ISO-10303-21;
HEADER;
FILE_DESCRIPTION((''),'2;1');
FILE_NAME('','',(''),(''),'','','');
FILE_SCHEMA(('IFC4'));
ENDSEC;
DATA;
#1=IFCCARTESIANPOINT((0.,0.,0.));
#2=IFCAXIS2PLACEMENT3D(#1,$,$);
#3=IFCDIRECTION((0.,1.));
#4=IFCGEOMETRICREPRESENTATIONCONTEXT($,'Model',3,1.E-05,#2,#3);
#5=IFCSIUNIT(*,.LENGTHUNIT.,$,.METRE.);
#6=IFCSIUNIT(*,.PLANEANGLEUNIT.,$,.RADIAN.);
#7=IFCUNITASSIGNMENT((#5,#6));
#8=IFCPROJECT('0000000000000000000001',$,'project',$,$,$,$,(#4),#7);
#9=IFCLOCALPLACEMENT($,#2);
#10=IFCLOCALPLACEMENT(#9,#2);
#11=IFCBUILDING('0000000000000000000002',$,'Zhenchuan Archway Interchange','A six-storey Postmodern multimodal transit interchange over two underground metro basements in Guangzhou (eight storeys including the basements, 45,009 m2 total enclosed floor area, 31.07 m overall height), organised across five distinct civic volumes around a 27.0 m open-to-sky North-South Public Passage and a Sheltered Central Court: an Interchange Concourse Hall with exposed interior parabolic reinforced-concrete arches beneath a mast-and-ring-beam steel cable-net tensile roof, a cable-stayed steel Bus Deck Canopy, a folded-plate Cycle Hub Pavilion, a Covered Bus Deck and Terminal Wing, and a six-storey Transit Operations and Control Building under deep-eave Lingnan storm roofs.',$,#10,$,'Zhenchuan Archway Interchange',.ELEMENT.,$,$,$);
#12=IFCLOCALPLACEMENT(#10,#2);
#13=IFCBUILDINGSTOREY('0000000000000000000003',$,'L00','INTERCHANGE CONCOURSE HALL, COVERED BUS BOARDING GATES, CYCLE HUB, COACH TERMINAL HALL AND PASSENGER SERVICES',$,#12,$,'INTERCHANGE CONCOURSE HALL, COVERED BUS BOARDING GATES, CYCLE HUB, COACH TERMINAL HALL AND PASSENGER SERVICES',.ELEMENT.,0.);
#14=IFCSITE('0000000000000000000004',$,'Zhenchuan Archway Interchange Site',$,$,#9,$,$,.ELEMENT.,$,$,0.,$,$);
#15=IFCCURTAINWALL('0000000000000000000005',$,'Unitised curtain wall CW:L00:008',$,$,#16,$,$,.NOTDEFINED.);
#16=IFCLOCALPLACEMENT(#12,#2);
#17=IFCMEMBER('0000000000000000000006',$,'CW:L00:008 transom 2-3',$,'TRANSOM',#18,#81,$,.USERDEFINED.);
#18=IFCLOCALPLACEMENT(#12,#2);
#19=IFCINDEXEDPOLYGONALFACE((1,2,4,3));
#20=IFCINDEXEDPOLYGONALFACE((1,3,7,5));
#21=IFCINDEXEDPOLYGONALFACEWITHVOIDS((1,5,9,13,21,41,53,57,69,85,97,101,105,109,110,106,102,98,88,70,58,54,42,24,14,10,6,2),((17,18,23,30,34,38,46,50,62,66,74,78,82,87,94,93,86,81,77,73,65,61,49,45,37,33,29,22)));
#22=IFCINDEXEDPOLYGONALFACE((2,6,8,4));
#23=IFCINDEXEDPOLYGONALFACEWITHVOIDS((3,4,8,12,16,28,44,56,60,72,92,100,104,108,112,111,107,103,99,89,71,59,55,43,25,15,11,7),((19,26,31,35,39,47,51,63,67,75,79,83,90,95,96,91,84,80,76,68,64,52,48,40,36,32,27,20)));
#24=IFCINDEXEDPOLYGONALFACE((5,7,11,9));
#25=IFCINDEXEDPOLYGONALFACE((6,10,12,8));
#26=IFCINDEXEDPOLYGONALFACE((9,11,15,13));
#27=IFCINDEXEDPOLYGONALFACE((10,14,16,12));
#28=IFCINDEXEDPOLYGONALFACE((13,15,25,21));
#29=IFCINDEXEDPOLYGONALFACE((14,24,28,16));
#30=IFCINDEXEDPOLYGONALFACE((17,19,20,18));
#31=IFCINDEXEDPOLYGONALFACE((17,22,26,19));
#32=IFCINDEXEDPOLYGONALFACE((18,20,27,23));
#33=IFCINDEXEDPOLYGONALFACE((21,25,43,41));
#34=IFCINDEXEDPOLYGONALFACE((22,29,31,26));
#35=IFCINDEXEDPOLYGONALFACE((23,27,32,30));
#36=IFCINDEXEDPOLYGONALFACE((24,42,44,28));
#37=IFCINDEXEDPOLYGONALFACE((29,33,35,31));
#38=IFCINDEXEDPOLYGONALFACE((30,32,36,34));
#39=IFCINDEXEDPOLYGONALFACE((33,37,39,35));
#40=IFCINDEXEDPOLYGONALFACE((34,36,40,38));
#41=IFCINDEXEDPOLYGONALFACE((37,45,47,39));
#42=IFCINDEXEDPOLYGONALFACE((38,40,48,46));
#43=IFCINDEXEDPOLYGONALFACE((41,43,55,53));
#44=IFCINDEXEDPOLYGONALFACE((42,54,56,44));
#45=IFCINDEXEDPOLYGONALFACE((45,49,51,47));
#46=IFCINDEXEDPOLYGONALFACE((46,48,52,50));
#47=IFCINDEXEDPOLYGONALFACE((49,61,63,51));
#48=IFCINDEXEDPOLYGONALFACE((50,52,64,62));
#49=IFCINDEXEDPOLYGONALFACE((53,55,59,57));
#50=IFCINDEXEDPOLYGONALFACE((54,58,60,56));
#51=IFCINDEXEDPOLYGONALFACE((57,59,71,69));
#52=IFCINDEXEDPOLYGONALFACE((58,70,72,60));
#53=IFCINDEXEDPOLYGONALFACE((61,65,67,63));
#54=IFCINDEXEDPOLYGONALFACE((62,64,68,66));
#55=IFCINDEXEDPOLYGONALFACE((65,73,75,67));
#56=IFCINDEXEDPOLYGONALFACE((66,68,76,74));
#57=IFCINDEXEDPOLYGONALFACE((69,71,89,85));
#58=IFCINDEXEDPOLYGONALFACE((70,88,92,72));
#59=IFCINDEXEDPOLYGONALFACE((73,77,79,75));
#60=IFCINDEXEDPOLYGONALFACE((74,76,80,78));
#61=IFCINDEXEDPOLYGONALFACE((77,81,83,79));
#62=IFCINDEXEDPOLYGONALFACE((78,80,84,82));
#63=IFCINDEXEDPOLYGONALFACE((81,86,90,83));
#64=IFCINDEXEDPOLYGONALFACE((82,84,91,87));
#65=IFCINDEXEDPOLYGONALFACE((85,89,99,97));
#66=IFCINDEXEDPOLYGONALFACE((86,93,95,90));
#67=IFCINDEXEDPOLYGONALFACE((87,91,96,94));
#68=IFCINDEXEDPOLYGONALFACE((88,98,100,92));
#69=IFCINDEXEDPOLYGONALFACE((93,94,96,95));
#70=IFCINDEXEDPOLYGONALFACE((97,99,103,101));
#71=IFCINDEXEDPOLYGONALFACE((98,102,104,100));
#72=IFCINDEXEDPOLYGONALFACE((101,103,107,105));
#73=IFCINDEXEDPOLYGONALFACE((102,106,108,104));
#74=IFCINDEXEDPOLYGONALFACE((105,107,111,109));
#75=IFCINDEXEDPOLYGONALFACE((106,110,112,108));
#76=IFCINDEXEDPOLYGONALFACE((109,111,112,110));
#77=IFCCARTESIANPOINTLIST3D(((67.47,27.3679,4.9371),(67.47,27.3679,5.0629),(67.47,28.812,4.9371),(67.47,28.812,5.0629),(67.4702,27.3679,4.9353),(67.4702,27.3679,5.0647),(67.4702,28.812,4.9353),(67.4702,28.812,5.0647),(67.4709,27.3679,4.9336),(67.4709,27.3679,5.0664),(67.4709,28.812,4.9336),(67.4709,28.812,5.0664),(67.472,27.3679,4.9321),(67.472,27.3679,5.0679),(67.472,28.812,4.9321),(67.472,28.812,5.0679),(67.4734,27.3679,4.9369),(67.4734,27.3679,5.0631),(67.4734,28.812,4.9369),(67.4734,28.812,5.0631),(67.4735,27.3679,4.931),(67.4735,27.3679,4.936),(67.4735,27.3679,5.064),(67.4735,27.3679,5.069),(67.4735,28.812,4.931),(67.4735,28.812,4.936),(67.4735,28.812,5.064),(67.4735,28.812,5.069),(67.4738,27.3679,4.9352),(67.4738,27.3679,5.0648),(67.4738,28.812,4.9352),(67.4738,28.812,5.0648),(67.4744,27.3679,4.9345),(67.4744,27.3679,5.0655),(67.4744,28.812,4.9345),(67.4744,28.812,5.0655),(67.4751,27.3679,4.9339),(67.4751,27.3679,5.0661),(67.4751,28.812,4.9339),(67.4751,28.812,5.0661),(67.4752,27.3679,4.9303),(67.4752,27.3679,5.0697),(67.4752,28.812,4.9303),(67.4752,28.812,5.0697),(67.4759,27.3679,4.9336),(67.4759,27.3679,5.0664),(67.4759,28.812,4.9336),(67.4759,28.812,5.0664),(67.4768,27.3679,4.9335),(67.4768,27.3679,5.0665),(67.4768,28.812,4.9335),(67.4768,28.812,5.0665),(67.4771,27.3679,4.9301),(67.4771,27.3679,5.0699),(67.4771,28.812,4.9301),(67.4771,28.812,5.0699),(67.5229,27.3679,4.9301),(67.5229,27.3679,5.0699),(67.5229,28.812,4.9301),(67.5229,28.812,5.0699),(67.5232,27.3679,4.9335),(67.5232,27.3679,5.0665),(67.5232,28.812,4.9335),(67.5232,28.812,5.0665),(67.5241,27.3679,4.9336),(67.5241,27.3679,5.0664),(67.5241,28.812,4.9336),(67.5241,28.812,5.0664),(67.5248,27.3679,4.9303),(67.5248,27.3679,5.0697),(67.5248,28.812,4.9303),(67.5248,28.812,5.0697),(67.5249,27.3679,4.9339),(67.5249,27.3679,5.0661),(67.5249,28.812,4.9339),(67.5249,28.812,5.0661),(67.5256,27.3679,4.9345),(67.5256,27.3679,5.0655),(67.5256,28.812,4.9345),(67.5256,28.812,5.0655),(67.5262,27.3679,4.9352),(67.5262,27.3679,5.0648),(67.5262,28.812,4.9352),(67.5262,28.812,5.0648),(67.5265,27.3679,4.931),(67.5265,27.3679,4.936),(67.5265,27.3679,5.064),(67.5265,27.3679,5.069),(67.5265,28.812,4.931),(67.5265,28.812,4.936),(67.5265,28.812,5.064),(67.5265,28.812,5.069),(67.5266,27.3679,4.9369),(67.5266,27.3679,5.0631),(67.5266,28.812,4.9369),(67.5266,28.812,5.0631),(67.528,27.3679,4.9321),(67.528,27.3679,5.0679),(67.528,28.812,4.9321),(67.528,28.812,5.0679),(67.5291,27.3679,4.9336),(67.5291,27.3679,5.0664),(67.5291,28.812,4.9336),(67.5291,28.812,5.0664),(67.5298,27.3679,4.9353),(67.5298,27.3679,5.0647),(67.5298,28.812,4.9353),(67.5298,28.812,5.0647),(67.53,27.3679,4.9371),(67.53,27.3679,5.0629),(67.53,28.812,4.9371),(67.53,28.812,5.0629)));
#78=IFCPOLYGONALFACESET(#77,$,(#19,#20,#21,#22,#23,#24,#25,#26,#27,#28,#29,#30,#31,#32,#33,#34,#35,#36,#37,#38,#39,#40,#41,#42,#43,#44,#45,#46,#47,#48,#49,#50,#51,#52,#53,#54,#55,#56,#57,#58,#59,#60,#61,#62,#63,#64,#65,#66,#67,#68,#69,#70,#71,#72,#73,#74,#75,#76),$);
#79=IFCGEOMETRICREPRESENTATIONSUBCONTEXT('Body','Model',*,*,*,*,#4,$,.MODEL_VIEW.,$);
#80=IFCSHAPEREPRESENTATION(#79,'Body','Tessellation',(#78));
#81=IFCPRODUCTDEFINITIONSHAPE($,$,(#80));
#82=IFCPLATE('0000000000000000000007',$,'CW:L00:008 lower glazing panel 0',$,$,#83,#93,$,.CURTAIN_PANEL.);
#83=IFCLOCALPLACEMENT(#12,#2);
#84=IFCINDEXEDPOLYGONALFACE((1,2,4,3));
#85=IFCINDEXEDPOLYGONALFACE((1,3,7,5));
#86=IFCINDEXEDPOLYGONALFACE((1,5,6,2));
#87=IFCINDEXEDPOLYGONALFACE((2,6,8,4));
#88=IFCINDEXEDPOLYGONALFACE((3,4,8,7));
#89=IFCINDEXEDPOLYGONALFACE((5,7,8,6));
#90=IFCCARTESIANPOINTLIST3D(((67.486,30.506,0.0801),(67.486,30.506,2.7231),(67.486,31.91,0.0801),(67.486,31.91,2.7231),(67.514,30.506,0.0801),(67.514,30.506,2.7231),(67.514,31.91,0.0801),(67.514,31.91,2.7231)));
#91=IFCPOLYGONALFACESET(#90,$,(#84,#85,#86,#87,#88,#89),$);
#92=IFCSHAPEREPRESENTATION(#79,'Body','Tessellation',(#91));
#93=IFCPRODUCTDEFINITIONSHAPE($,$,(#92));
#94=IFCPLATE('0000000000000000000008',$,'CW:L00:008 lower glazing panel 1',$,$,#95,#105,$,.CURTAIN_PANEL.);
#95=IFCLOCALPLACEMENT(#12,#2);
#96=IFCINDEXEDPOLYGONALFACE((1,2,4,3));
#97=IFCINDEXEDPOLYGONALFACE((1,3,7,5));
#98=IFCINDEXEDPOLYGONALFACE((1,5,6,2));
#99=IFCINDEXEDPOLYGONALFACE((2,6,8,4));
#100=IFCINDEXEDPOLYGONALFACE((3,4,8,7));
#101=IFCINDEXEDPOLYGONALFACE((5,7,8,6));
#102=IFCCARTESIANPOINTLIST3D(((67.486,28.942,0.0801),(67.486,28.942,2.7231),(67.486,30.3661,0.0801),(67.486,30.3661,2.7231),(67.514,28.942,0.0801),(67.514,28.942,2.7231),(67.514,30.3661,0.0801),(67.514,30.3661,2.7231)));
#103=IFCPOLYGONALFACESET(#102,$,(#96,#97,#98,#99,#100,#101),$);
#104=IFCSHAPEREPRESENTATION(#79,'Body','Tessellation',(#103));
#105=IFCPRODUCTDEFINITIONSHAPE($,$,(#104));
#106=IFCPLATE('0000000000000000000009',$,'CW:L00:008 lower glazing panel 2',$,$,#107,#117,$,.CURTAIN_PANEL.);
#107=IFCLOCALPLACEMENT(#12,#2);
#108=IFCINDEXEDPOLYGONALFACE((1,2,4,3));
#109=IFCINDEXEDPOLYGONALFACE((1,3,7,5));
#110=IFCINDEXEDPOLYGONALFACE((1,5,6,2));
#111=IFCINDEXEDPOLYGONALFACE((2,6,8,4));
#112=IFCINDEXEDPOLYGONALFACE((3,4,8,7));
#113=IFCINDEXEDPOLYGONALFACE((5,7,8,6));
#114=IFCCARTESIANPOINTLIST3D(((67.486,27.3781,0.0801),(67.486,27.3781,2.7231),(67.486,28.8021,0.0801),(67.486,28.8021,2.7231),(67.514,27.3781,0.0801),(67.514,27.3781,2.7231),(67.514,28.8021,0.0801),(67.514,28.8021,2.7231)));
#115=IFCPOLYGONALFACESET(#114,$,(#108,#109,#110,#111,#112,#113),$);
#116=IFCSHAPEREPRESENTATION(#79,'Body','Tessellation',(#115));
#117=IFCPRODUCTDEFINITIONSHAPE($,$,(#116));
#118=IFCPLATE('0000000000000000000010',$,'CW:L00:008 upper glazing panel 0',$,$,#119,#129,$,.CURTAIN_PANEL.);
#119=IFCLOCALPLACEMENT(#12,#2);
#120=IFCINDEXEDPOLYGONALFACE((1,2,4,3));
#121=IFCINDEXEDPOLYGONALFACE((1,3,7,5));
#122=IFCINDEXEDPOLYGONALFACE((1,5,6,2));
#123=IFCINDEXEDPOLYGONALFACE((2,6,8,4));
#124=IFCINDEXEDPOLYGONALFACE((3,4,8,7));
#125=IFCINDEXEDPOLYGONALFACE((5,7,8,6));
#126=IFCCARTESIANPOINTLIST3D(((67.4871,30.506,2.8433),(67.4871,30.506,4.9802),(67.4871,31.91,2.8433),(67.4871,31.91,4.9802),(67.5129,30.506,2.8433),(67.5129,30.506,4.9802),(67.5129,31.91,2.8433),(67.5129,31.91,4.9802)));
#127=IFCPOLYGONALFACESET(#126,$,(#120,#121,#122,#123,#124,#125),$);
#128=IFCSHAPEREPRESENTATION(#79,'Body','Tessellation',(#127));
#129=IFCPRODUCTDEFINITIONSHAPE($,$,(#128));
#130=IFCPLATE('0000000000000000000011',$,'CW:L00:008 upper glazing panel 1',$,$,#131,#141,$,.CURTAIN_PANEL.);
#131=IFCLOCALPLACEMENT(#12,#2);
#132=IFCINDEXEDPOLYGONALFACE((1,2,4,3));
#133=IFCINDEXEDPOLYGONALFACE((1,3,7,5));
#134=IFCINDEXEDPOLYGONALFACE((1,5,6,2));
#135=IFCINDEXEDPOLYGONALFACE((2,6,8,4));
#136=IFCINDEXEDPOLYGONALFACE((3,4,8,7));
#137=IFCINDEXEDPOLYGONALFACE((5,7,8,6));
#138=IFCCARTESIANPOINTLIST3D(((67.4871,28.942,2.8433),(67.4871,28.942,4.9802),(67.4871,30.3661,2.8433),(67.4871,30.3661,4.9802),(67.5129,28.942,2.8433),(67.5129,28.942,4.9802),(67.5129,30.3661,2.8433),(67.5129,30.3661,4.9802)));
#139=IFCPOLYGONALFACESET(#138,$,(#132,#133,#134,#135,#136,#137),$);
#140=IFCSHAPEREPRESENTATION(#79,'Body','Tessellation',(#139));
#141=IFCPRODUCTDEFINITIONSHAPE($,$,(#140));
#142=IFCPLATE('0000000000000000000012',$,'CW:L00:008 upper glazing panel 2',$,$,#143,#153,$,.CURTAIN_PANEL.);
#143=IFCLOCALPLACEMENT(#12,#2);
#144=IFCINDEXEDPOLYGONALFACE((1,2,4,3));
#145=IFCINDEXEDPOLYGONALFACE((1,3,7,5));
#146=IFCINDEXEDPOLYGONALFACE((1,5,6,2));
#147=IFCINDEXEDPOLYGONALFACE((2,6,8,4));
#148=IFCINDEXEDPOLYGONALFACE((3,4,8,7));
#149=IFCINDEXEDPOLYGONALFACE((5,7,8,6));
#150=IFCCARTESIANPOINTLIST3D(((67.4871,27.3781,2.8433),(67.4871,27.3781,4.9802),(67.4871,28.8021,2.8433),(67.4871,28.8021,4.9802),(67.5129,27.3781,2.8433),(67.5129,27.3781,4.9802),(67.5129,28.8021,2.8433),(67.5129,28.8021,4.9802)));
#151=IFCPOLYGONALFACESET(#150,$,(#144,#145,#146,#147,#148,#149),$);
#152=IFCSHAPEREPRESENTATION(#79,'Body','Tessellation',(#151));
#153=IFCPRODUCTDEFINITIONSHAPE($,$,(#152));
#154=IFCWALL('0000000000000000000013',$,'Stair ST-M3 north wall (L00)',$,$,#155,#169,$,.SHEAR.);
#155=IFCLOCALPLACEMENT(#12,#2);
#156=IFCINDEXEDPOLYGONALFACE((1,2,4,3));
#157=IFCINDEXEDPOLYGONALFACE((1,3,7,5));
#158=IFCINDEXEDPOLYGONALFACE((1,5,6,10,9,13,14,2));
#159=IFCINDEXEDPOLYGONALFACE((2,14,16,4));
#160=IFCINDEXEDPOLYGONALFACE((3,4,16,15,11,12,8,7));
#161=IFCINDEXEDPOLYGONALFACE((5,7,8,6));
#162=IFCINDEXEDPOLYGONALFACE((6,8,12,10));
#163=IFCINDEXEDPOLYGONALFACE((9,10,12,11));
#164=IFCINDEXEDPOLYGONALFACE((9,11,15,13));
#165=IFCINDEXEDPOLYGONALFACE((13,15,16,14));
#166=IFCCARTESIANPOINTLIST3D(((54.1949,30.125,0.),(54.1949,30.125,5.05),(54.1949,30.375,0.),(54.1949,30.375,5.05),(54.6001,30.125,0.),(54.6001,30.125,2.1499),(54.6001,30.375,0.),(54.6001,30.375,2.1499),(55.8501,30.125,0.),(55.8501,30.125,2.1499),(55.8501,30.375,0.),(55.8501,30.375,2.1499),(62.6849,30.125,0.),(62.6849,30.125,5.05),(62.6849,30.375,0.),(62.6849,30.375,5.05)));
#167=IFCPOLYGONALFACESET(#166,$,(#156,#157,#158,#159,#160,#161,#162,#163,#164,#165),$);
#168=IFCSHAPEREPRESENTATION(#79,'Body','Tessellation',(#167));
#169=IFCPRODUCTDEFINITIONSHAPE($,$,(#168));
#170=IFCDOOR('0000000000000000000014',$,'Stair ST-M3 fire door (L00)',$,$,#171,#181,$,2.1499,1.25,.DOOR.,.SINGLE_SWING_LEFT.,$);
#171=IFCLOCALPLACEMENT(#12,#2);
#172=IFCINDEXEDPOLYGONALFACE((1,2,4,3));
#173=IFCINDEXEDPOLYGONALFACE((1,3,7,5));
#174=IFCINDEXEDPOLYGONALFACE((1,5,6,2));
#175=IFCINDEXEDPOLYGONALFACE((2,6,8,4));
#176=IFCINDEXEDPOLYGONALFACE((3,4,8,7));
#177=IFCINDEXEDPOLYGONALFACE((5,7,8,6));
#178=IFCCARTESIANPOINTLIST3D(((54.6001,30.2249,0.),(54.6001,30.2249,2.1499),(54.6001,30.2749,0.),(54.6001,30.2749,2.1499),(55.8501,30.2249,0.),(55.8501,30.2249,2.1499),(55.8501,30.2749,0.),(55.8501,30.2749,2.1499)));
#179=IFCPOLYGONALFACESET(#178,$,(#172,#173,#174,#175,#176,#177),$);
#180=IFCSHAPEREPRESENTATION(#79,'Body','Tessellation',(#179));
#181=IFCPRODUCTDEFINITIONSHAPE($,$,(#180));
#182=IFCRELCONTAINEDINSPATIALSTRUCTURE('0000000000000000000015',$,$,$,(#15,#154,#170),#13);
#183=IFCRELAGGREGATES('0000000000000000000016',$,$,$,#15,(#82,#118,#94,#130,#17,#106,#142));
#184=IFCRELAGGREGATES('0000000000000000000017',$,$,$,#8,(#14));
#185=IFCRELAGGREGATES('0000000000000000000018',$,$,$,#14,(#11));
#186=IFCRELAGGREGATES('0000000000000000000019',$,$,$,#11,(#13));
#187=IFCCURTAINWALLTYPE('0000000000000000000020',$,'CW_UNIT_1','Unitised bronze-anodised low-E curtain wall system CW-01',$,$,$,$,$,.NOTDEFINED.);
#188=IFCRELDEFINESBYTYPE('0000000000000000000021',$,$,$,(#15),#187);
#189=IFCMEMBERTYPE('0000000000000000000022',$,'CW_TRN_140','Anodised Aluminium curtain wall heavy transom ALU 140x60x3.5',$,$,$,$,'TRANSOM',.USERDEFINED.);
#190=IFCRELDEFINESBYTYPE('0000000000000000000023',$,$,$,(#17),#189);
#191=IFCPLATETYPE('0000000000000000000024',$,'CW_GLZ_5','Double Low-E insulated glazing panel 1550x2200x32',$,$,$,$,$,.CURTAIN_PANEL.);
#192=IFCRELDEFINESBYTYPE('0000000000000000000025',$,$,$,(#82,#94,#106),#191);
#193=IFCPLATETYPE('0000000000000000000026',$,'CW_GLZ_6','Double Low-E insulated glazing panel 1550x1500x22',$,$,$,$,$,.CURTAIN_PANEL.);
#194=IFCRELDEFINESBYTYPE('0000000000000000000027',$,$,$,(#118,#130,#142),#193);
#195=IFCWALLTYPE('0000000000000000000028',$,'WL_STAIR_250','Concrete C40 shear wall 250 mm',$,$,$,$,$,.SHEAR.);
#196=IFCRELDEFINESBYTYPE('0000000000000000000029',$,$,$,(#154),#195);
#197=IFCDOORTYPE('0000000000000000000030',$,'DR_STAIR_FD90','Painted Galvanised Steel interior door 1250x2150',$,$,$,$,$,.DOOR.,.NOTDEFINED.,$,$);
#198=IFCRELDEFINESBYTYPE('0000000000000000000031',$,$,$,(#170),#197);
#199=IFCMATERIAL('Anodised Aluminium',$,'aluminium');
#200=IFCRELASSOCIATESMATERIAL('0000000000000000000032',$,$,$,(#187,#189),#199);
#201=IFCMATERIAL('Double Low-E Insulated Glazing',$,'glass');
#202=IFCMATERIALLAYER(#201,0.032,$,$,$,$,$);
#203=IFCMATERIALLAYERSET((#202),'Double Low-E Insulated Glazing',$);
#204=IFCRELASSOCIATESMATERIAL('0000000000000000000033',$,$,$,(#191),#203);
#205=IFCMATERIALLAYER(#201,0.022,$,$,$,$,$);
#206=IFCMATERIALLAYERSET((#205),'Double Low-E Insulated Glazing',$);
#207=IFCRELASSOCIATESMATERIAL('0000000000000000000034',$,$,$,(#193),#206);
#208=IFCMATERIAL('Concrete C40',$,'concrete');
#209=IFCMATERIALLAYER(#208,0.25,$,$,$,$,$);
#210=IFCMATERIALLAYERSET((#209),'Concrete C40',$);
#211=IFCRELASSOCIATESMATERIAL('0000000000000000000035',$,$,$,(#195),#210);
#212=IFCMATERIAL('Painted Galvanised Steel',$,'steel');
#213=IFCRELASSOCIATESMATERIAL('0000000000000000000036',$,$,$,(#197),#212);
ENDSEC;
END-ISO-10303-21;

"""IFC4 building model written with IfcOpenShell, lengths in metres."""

from ifc_helpers import new_model, si_unit, direction, frame, frame_2d, origin, origin_2d, place, context, subcontext, project, spatial, rectangle, hollow_rectangle, extrude, material, layer, layer_set, material_profile, profile_set, type_object, element, fill, aggregate, save


model = new_model("IFC4")

# Units and contexts
model_context = context("Model", 3, precision=1e-05, world=origin(), true_north=direction((0.0, 1.0)))
body_context = subcontext(model_context, "Body", "Model", "MODEL_VIEW")
ifc_project = project(units=[si_unit("LENGTHUNIT", "METRE"), si_unit("PLANEANGLEUNIT", "RADIAN")], contexts=[model_context])

# Site, building, storey
site_placement = place(None, origin())
site = spatial("IfcSite", under=ifc_project, at=site_placement, Name="Zhenchuan Archway Interchange Site", CompositionType="ELEMENT", RefElevation=0.0)
building_placement = place(site_placement, origin())
building = spatial("IfcBuilding", under=site, at=building_placement, Name="Zhenchuan Archway Interchange", Description="A six-storey Postmodern multimodal transit interchange over two underground metro basements in Guangzhou (eight storeys including the basements, 45,009 m2 total enclosed floor area, 31.07 m overall height), organised across five distinct civic volumes around a 27.0 m open-to-sky North-South Public Passage and a Sheltered Central Court: an Interchange Concourse Hall with exposed interior parabolic reinforced-concrete arches beneath a mast-and-ring-beam steel cable-net tensile roof, a cable-stayed steel Bus Deck Canopy, a folded-plate Cycle Hub Pavilion, a Covered Bus Deck and Terminal Wing, and a six-storey Transit Operations and Control Building under deep-eave Lingnan storm roofs.", LongName="Zhenchuan Archway Interchange", CompositionType="ELEMENT")
storey_placement = place(building_placement, origin())
storey = spatial("IfcBuildingStorey", under=building, at=storey_placement, Name="L00", Description="INTERCHANGE CONCOURSE HALL, COVERED BUS BOARDING GATES, CYCLE HUB, COACH TERMINAL HALL AND PASSENGER SERVICES", LongName="INTERCHANGE CONCOURSE HALL, COVERED BUS BOARDING GATES, CYCLE HUB, COACH TERMINAL HALL AND PASSENGER SERVICES", CompositionType="ELEMENT", Elevation=0.0)

# Shared definitions
ifc_material_1 = material(Name="Concrete C40", Category="concrete")

# Curtain wall, member, plates
ifc_material_2 = material(Name="Anodised Aluminium", Category="aluminium")
curtain_wall_type = type_object("IfcCurtainWallType", Name="CW_UNIT_1", Description="Unitised bronze-anodised low-E curtain wall system CW-01", PredefinedType="NOTDEFINED", material=ifc_material_2)
curtain_wall_placement = place(storey_placement, origin())
curtain_wall = element("IfcCurtainWall", 1, at=curtain_wall_placement, inside=storey, type_object=curtain_wall_type, Name="Unitised curtain wall CW:L00:008", PredefinedType="NOTDEFINED")
ifc_material_profile_1 = material_profile(ifc_material_2, hollow_rectangle(XDim=0.0601, YDim=0.1399, WallThickness=0.0034, InnerFilletRadius=0.0034, OuterFilletRadius=0.0071, at=origin_2d()), Name="ALU 140x60x3.5")
ifc_profile_set_1 = profile_set([ifc_material_profile_1], Name="Anodised Aluminium")
member_type_1 = type_object("IfcMemberType", Name="CW_TRN_140", Description="Anodised Aluminium curtain wall heavy transom ALU 140x60x3.5", ElementType="TRANSOM", PredefinedType="USERDEFINED", material=ifc_profile_set_1)
member_1_placement = place(storey_placement, frame((67.5, 28.812, 5.0), z_axis=(0.0, -1.0, 0.0), x_axis=(1.0, 0.0, 0.0)))
member_1 = element("IfcMember", 2, at=member_1_placement, type_object=member_type_1, Name="CW:L00:008 transom 2-3", ObjectType="TRANSOM", PredefinedType="USERDEFINED", context=body_context, shape_type="SweptSolid", body=[
    extrude(hollow_rectangle(XDim=0.0601, YDim=0.1399, WallThickness=0.0034, InnerFilletRadius=0.0034, OuterFilletRadius=0.0071, at=origin_2d()), origin(), (0.0, 0.0, 1.0), 1.4441),
])
ifc_material_3 = material(Name="Double Low-E Insulated Glazing", Category="glass")
ifc_layer_1 = layer(ifc_material_3, 0.032)
ifc_layer_set_1 = layer_set([ifc_layer_1], Name="Double Low-E Insulated Glazing")
plate_type_1 = type_object("IfcPlateType", Name="CW_GLZ_5", Description="Double Low-E insulated glazing panel 1550x2200x32", PredefinedType="CURTAIN_PANEL", material=ifc_layer_set_1)
plate_1_placement = place(storey_placement, frame((67.5, 31.208, 0.0801), z_axis=(0.0, 0.0, 1.0), x_axis=(0.0, -1.0, 0.0)))
plate_1 = element("IfcPlate", 3, at=plate_1_placement, type_object=plate_type_1, Name="CW:L00:008 lower glazing panel 0", PredefinedType="CURTAIN_PANEL", context=body_context, shape_type="SweptSolid", body=[
    extrude(rectangle(XDim=1.4041, YDim=0.0281, at=origin_2d()), origin(), (0.0, 0.0, 1.0), 2.6431),
])
plate_2_placement = place(storey_placement, frame((67.5, 29.6541, 0.0801), z_axis=(0.0, 0.0, 1.0), x_axis=(0.0, -1.0, 0.0)))
plate_2 = element("IfcPlate", 4, at=plate_2_placement, type_object=plate_type_1, Name="CW:L00:008 lower glazing panel 1", PredefinedType="CURTAIN_PANEL", context=body_context, shape_type="SweptSolid", body=[
    extrude(rectangle(XDim=1.4241, YDim=0.0281, at=origin_2d()), origin(), (0.0, 0.0, 1.0), 2.6431),
])
plate_3_placement = place(storey_placement, frame((67.5, 28.0901, 0.0801), z_axis=(0.0, 0.0, 1.0), x_axis=(0.0, -1.0, 0.0)))
plate_3 = element("IfcPlate", 5, at=plate_3_placement, type_object=plate_type_1, Name="CW:L00:008 lower glazing panel 2", PredefinedType="CURTAIN_PANEL", context=body_context, shape_type="SweptSolid", body=[
    extrude(rectangle(XDim=1.4241, YDim=0.0281, at=origin_2d()), origin(), (0.0, 0.0, 1.0), 2.6431),
])
ifc_layer_2 = layer(ifc_material_3, 0.022)
ifc_layer_set_2 = layer_set([ifc_layer_2], Name="Double Low-E Insulated Glazing")
plate_type_2 = type_object("IfcPlateType", Name="CW_GLZ_6", Description="Double Low-E insulated glazing panel 1550x1500x22", PredefinedType="CURTAIN_PANEL", material=ifc_layer_set_2)
plate_4_placement = place(storey_placement, frame((67.5, 31.208, 2.8433), z_axis=(0.0, 0.0, 1.0), x_axis=(0.0, -1.0, 0.0)))
plate_4 = element("IfcPlate", 6, at=plate_4_placement, type_object=plate_type_2, Name="CW:L00:008 upper glazing panel 0", PredefinedType="CURTAIN_PANEL", context=body_context, shape_type="SweptSolid", body=[
    extrude(rectangle(XDim=1.4041, YDim=0.0259, at=origin_2d()), origin(), (0.0, 0.0, 1.0), 2.137),
])
plate_5_placement = place(storey_placement, frame((67.5, 29.6541, 2.8433), z_axis=(0.0, 0.0, 1.0), x_axis=(0.0, -1.0, 0.0)))
plate_5 = element("IfcPlate", 7, at=plate_5_placement, type_object=plate_type_2, Name="CW:L00:008 upper glazing panel 1", PredefinedType="CURTAIN_PANEL", context=body_context, shape_type="SweptSolid", body=[
    extrude(rectangle(XDim=1.4241, YDim=0.0259, at=origin_2d()), origin(), (0.0, 0.0, 1.0), 2.137),
])
plate_6_placement = place(storey_placement, frame((67.5, 28.0901, 2.8433), z_axis=(0.0, 0.0, 1.0), x_axis=(0.0, -1.0, 0.0)))
plate_6 = element("IfcPlate", 8, at=plate_6_placement, type_object=plate_type_2, Name="CW:L00:008 upper glazing panel 2", PredefinedType="CURTAIN_PANEL", context=body_context, shape_type="SweptSolid", body=[
    extrude(rectangle(XDim=1.4241, YDim=0.0259, at=origin_2d()), origin(), (0.0, 0.0, 1.0), 2.137),
])
aggregate(curtain_wall, [plate_1, plate_4, plate_2, plate_5, member_1, plate_3, plate_6])

# Wall, opening, door
ifc_layer_3 = layer(ifc_material_1, 0.25)
ifc_layer_set_3 = layer_set([ifc_layer_3], Name="Concrete C40")
wall_type = type_object("IfcWallType", Name="WL_STAIR_250", Description="Concrete C40 shear wall 250 mm", PredefinedType="SHEAR", material=ifc_layer_set_3)
wall_placement = place(storey_placement, frame((62.6851, 30.25, 0.0), z_axis=(0.0, 0.0, 1.0), x_axis=(-1.0, 0.0, 0.0)))
wall = element("IfcWall", 9, at=wall_placement, inside=storey, type_object=wall_type, Name="Stair ST-M3 north wall (L00)", PredefinedType="SHEAR", context=body_context, shape_type="SweptSolid", body=[
    extrude(rectangle(XDim=8.49, YDim=0.25, at=frame_2d((4.2451, 0.0))), origin(), (0.0, 0.0, 1.0), 5.05),
])
opening_placement = place(wall_placement, frame((6.835, 0.0, 0.0)))
opening = element("IfcOpeningElement", 10, at=opening_placement, cuts=wall, PredefinedType="OPENING", context=body_context, shape_type="SweptSolid", body=[
    extrude(rectangle(XDim=1.25, YDim=2.1499, at=frame_2d((0.625, 1.075))), frame((0.0, 0.137, 0.0), z_axis=(0.0, -1.0, 0.0), x_axis=(1.0, 0.0, 0.0)), (0.0, 0.0, 1.0), 0.2739),
])
ifc_material_4 = material(Name="Painted Galvanised Steel", Category="steel")
door_type = type_object("IfcDoorType", Name="DR_STAIR_FD90", Description="Painted Galvanised Steel interior door 1250x2150", OperationType="NOTDEFINED", PredefinedType="DOOR", material=ifc_material_4)
door_placement = place(opening_placement, frame((1.25, 0.0, 0.0), z_axis=(0.0, 0.0, 1.0), x_axis=(-1.0, 0.0, 0.0)))
door = element("IfcDoor", 11, at=door_placement, inside=storey, type_object=door_type, Name="Stair ST-M3 fire door (L00)", OperationType="SINGLE_SWING_LEFT", OverallHeight=2.1499, OverallWidth=1.25, PredefinedType="DOOR", context=body_context, shape_type="SweptSolid", body=[
    extrude(rectangle(XDim=1.25, YDim=2.1499, at=frame_2d((0.625, 1.075))), frame((0.0, 0.0249, 0.0), z_axis=(0.0, -1.0, 0.0), x_axis=(1.0, 0.0, 0.0)), (0.0, 0.0, 1.0), 0.05),
])
fill(opening, door)

save(model, "model.ifc")
